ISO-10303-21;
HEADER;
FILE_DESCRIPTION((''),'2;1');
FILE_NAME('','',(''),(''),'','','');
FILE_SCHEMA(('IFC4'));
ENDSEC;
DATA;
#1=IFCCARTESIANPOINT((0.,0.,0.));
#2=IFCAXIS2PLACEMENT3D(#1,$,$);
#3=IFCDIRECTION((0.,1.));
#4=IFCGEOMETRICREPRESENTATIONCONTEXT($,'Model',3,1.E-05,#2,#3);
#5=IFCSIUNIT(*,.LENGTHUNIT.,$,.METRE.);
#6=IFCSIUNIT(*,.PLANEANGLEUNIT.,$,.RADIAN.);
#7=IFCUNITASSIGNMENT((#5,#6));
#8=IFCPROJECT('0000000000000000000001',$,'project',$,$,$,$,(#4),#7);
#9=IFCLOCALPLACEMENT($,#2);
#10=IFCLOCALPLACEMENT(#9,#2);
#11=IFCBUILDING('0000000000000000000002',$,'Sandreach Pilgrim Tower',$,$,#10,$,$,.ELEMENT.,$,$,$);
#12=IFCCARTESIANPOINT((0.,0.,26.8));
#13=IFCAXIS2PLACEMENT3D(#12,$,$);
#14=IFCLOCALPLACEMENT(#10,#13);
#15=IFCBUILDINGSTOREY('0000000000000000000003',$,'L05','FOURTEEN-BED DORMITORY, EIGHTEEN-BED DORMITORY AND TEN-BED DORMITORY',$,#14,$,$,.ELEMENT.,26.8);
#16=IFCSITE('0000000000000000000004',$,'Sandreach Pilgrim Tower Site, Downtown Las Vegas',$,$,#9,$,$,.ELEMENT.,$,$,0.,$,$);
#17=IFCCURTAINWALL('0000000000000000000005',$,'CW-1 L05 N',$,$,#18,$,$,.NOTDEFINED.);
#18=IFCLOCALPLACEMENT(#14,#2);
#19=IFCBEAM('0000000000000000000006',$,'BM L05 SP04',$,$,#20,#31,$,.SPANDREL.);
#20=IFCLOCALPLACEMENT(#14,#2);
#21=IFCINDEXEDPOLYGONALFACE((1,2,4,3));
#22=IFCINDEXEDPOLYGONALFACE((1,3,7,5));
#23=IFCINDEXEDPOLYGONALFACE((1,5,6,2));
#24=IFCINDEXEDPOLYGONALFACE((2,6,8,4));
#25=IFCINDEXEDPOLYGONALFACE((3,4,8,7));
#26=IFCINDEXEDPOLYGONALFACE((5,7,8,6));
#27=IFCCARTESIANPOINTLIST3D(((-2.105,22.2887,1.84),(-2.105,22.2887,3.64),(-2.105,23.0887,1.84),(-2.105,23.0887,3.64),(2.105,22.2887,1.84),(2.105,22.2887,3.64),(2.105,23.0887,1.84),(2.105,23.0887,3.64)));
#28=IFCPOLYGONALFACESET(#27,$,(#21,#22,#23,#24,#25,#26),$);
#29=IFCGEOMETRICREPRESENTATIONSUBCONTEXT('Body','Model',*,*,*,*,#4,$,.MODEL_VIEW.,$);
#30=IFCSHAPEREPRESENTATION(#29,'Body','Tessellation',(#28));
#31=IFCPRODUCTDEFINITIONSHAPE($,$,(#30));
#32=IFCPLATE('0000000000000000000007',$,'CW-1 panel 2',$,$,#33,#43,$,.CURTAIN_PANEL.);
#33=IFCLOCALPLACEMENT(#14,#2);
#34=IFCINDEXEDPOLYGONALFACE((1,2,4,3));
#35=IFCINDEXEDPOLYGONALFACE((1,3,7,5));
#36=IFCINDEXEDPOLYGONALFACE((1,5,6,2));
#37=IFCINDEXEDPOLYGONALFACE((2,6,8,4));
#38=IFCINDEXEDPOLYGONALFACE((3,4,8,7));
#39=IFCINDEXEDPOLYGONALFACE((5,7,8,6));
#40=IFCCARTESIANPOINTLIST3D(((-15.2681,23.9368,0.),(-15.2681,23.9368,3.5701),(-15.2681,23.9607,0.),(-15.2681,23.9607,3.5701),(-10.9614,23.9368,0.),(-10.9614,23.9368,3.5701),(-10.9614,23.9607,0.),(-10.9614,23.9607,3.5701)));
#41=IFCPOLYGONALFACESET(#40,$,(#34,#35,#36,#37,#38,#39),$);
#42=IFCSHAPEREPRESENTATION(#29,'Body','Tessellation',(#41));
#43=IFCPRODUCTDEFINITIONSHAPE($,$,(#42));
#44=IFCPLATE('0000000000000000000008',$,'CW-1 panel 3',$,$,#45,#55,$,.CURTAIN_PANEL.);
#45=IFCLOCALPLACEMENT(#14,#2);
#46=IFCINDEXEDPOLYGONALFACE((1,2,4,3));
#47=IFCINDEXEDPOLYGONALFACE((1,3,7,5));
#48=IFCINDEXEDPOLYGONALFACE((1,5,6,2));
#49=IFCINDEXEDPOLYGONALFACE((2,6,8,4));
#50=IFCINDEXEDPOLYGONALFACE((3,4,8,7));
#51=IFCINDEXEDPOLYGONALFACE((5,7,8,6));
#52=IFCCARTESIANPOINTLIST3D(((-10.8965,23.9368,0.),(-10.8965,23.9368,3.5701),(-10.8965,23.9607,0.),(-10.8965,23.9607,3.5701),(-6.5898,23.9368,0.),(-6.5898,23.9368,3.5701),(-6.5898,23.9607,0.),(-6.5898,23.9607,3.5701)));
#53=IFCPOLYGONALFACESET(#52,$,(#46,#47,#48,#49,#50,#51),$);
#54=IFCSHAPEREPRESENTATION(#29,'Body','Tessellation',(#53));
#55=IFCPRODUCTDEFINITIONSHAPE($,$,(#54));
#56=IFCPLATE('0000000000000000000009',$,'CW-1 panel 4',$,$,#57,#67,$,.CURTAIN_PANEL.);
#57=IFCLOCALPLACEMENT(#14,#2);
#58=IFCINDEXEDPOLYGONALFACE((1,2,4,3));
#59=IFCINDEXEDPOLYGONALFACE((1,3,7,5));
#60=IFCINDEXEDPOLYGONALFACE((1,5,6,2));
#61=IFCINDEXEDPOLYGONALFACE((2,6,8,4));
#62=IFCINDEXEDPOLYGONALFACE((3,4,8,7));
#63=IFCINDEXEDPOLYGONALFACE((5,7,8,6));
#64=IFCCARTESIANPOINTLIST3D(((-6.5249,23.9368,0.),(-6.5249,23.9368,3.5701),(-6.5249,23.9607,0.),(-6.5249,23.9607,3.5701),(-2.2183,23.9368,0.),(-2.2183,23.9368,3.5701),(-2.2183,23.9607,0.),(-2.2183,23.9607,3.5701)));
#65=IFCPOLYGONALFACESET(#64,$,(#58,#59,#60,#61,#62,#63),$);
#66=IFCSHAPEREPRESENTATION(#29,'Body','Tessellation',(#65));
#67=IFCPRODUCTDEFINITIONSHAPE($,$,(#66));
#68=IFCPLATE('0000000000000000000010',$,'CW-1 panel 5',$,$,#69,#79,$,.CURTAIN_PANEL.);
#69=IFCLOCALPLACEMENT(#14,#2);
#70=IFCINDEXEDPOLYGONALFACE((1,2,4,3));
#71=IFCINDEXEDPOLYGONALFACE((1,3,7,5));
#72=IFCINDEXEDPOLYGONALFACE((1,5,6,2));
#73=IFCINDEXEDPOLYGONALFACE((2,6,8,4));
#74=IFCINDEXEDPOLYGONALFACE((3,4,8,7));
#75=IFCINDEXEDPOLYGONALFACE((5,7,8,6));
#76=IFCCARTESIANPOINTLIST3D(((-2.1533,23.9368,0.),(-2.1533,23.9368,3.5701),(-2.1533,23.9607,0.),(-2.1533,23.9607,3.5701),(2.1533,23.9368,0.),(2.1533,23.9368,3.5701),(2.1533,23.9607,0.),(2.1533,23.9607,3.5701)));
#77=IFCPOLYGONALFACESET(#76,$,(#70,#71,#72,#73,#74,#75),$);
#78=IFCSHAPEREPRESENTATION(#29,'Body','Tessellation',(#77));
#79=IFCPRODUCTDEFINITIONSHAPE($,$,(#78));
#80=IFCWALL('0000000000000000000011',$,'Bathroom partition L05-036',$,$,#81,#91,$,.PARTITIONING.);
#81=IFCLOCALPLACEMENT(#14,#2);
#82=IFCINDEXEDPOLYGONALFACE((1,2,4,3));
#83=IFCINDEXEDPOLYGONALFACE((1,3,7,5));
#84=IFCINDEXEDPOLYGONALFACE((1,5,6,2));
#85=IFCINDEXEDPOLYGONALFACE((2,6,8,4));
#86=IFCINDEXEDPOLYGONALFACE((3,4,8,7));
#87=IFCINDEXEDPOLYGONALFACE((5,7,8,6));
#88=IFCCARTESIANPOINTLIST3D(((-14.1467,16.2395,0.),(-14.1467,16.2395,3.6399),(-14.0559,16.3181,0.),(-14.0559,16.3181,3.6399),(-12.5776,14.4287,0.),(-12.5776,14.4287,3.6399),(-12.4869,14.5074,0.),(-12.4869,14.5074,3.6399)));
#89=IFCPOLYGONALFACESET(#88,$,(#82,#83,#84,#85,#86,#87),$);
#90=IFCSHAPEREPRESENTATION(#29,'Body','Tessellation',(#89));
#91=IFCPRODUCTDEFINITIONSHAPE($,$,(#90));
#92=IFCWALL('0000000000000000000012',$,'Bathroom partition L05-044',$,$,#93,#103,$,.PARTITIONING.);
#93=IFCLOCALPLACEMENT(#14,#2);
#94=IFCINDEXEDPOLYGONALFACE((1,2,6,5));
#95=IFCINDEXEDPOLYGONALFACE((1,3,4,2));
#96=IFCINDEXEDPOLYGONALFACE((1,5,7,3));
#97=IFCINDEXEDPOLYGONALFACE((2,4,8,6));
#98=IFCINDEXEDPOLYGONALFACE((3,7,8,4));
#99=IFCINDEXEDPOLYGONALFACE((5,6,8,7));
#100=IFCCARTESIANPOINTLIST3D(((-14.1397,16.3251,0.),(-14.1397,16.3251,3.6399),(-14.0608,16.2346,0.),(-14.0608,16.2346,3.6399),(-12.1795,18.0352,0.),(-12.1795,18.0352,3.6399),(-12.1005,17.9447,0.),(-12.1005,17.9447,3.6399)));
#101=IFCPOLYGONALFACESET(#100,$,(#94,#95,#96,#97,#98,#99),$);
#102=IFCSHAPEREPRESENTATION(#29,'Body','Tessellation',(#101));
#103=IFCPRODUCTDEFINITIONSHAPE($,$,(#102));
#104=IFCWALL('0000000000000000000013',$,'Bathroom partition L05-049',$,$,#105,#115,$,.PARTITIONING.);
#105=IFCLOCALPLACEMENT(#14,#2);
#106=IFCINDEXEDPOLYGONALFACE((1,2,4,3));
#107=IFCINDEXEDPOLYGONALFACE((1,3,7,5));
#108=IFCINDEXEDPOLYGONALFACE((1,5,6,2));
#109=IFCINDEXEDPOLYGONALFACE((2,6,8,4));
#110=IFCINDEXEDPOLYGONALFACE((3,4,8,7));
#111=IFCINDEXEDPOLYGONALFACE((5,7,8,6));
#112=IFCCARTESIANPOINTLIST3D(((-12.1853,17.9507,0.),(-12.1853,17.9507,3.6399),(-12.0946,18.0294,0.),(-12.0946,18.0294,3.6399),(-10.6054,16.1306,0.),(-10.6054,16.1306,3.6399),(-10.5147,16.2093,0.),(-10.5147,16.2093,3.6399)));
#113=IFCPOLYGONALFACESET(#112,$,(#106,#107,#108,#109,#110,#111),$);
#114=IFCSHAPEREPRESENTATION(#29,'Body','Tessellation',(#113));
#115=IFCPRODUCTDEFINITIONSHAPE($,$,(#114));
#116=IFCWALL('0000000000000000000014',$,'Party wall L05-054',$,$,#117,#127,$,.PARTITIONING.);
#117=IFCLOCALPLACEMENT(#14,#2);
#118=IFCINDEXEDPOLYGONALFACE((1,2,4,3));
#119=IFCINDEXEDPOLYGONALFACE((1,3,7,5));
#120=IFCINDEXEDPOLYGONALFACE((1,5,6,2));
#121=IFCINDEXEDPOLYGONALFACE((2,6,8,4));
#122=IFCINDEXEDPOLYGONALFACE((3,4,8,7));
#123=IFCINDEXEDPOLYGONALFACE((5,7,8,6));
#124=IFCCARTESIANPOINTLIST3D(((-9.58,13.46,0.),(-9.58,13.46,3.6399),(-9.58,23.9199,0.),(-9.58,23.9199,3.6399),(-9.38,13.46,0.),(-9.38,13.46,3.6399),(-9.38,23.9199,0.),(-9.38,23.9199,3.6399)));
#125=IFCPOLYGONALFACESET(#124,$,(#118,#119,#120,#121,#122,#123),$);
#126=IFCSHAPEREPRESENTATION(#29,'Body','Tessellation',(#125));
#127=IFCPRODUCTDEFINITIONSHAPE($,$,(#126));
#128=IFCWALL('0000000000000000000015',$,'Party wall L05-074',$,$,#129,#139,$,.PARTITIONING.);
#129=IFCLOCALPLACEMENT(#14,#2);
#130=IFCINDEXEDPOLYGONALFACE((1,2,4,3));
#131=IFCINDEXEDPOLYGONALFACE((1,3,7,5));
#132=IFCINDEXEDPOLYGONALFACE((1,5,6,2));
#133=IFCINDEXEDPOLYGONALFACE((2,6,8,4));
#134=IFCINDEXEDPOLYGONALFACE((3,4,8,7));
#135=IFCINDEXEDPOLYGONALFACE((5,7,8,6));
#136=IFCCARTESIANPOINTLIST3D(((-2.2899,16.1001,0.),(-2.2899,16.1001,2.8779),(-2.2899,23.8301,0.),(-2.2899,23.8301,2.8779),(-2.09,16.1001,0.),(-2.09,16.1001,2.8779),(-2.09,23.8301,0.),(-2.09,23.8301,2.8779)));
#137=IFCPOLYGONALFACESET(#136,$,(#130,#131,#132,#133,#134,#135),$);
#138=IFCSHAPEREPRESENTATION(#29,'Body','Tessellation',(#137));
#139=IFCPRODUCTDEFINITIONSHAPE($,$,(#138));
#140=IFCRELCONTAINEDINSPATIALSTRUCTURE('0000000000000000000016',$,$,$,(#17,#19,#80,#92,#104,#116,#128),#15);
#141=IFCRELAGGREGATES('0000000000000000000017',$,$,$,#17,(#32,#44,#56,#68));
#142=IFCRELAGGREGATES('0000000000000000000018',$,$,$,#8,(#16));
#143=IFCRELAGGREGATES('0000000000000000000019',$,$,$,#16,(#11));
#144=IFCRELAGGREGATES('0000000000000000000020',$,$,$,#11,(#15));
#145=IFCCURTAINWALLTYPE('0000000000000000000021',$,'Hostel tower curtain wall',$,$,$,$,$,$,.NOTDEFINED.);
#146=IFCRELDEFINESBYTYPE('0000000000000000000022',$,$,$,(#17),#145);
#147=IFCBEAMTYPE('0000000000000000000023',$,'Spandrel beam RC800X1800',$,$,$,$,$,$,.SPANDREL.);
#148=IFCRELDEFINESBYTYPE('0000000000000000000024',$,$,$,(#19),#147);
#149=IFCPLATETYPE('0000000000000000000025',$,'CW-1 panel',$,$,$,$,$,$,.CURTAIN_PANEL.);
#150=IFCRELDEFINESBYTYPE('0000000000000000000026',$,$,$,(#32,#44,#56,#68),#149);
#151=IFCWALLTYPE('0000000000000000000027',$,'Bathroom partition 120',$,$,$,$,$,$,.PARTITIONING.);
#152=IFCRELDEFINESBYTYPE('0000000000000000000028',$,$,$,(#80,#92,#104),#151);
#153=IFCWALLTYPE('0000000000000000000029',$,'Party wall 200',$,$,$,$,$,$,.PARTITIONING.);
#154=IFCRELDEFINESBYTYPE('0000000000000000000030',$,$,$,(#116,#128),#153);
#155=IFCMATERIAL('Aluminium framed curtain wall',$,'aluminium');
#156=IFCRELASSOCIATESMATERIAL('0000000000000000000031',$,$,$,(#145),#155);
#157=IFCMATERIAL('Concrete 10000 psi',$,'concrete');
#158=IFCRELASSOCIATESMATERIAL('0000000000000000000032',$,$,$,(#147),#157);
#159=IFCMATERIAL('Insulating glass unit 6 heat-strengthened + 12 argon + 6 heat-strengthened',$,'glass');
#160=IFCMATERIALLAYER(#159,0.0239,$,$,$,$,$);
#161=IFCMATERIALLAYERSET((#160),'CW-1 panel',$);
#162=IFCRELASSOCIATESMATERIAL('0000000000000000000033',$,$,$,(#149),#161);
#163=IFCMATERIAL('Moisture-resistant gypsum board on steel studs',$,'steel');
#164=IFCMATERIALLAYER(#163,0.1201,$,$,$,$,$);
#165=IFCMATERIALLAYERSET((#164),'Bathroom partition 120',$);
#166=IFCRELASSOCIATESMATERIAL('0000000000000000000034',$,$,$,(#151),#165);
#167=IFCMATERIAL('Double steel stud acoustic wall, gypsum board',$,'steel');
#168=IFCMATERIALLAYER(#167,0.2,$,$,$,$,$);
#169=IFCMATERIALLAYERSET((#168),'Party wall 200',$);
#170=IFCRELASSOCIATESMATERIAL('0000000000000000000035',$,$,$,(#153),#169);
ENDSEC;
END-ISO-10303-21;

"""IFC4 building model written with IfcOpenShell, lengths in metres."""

from ifc_helpers import new_model, si_unit, direction, frame, frame_2d, origin, origin_2d, place, context, subcontext, project, spatial, rectangle, extrude, material, layer, layer_set, material_profile, profile_set, type_object, element, aggregate, save


model = new_model("IFC4")

# Units and contexts
model_context = context("Model", 3, precision=1e-05, world=origin(), true_north=direction((0.0, 1.0)))
body_context = subcontext(model_context, "Body", "Model", "MODEL_VIEW")
ifc_project = project(units=[si_unit("LENGTHUNIT", "METRE"), si_unit("PLANEANGLEUNIT", "RADIAN")], contexts=[model_context])

# Site, building, storey
site_placement = place(None, origin())
site = spatial("IfcSite", under=ifc_project, at=site_placement, Name="Sandreach Pilgrim Tower Site, Downtown Las Vegas", CompositionType="ELEMENT", RefElevation=0.0)
building_placement = place(site_placement, origin())
building = spatial("IfcBuilding", under=site, at=building_placement, Name="Sandreach Pilgrim Tower", CompositionType="ELEMENT")
storey_placement = place(building_placement, frame((0.0, 0.0, 26.8)))
storey = spatial("IfcBuildingStorey", under=building, at=storey_placement, Name="L05", Description="FOURTEEN-BED DORMITORY, EIGHTEEN-BED DORMITORY AND TEN-BED DORMITORY", CompositionType="ELEMENT", Elevation=26.8)

# Curtain wall
ifc_material_1 = material(Name="Aluminium framed curtain wall", Category="aluminium")
curtain_wall_type = type_object("IfcCurtainWallType", Name="Hostel tower curtain wall", PredefinedType="NOTDEFINED", material=ifc_material_1)
curtain_wall_placement = place(storey_placement, origin())
curtain_wall = element("IfcCurtainWall", 1, at=curtain_wall_placement, inside=storey, type_object=curtain_wall_type, Name="CW-1 L05 N", PredefinedType="NOTDEFINED")

# Beam
ifc_material_2 = material(Name="Concrete 10000 psi", Category="concrete")
ifc_material_profile_1 = material_profile(ifc_material_2, rectangle(XDim=0.8, YDim=1.8, at=origin_2d()), Name="RC800X1800")
ifc_profile_set_1 = profile_set([ifc_material_profile_1], Name="Concrete 10000 psi")
beam_type_1 = type_object("IfcBeamType", Name="Spandrel beam RC800X1800", PredefinedType="SPANDREL", material=ifc_profile_set_1)
for number, where, z_axis, x_axis, name in (
    (2, (-2.105, 22.6887, 2.74), (1.0, 0.0, 0.0), (0.0, 1.0, 0.0), "BM L05 SP04"),
):
    element("IfcBeam", number, at=place(storey_placement, frame(where, z_axis=z_axis, x_axis=x_axis)), inside=storey, type_object=beam_type_1, Name=name, PredefinedType="SPANDREL", context=body_context, shape_type="SweptSolid", body=[
        extrude(rectangle(XDim=0.8, YDim=1.8, at=origin_2d()), origin(), (0.0, 0.0, 1.0), 4.21),
    ])

# Plates
ifc_material_3 = material(Name="Insulating glass unit 6 heat-strengthened + 12 argon + 6 heat-strengthened", Category="glass")
ifc_layer_1 = layer(ifc_material_3, 0.0239)
ifc_layer_set_1 = layer_set([ifc_layer_1], Name="CW-1 panel")
plate_type = type_object("IfcPlateType", Name="CW-1 panel", PredefinedType="CURTAIN_PANEL", material=ifc_layer_set_1)
plate_1_placement = place(storey_placement, frame((-13.1147, 23.9487, 0.0), z_axis=(0.0, 0.0, 1.0), x_axis=(1.0, 0.0, 0.0)))
plate_1 = element("IfcPlate", 3, at=plate_1_placement, type_object=plate_type, Name="CW-1 panel 2", PredefinedType="CURTAIN_PANEL", context=body_context, shape_type="SweptSolid", body=[
    extrude(rectangle(XDim=4.3066, YDim=0.0239, at=origin_2d()), origin(), (0.0, 0.0, 1.0), 3.5701),
])
plate_2_placement = place(storey_placement, frame((-8.7432, 23.9487, 0.0), z_axis=(0.0, 0.0, 1.0), x_axis=(1.0, 0.0, 0.0)))
plate_2 = element("IfcPlate", 4, at=plate_2_placement, type_object=plate_type, Name="CW-1 panel 3", PredefinedType="CURTAIN_PANEL", context=body_context, shape_type="SweptSolid", body=[
    extrude(rectangle(XDim=4.3066, YDim=0.0239, at=origin_2d()), origin(), (0.0, 0.0, 1.0), 3.5701),
])
plate_3_placement = place(storey_placement, frame((-4.3716, 23.9487, 0.0), z_axis=(0.0, 0.0, 1.0), x_axis=(1.0, 0.0, 0.0)))
plate_3 = element("IfcPlate", 5, at=plate_3_placement, type_object=plate_type, Name="CW-1 panel 4", PredefinedType="CURTAIN_PANEL", context=body_context, shape_type="SweptSolid", body=[
    extrude(rectangle(XDim=4.3066, YDim=0.0239, at=origin_2d()), origin(), (0.0, 0.0, 1.0), 3.5701),
])
plate_4_placement = place(storey_placement, frame((0.0, 23.9487, 0.0), z_axis=(0.0, 0.0, 1.0), x_axis=(1.0, 0.0, 0.0)))
plate_4 = element("IfcPlate", 6, at=plate_4_placement, type_object=plate_type, Name="CW-1 panel 5", PredefinedType="CURTAIN_PANEL", context=body_context, shape_type="SweptSolid", body=[
    extrude(rectangle(XDim=4.3066, YDim=0.0239, at=origin_2d()), origin(), (0.0, 0.0, 1.0), 3.5701),
])
aggregate(curtain_wall, [plate_1, plate_2, plate_3, plate_4])

# Walls
ifc_material_4 = material(Name="Moisture-resistant gypsum board on steel studs", Category="steel")
ifc_layer_2 = layer(ifc_material_4, 0.1201)
ifc_layer_set_2 = layer_set([ifc_layer_2], Name="Bathroom partition 120")
wall_type_1 = type_object("IfcWallType", Name="Bathroom partition 120", PredefinedType="PARTITIONING", material=ifc_layer_set_2)
wall_1_placement = place(storey_placement, frame((-14.1013, 16.2788, 0.0), z_axis=(0.0, 0.0, 1.0), x_axis=(0.654868, -0.755743, 0.0)))
element("IfcWall", 7, at=wall_1_placement, inside=storey, type_object=wall_type_1, Name="Bathroom partition L05-036", PredefinedType="PARTITIONING", context=body_context, shape_type="SweptSolid", body=[
    extrude(rectangle(XDim=2.396, YDim=0.1201, at=frame_2d((1.198, 0.0))), origin(), (0.0, 0.0, 1.0), 3.6399),
])
wall_2_placement = place(storey_placement, frame((-12.1399, 17.99, 0.0), z_axis=(0.0, 0.0, 1.0), x_axis=(-0.75357, -0.657368, 0.0)))
element("IfcWall", 8, at=wall_2_placement, inside=storey, type_object=wall_type_1, Name="Bathroom partition L05-044", PredefinedType="PARTITIONING", context=body_context, shape_type="SweptSolid", body=[
    extrude(rectangle(XDim=2.6013, YDim=0.1201, at=frame_2d((1.3008, 0.0))), origin(), (0.0, 0.0, 1.0), 3.6399),
])
wall_3_placement = place(storey_placement, frame((-10.5601, 16.1699, 0.0), z_axis=(0.0, 0.0, 1.0), x_axis=(-0.655509, 0.755188, 0.0)))
element("IfcWall", 9, at=wall_3_placement, inside=storey, type_object=wall_type_1, Name="Bathroom partition L05-049", PredefinedType="PARTITIONING", context=body_context, shape_type="SweptSolid", body=[
    extrude(rectangle(XDim=2.4102, YDim=0.1201, at=frame_2d((1.2051, 0.0))), origin(), (0.0, 0.0, 1.0), 3.6399),
])
ifc_material_5 = material(Name="Double steel stud acoustic wall, gypsum board", Category="steel")
ifc_layer_3 = layer(ifc_material_5, 0.2)
ifc_layer_set_3 = layer_set([ifc_layer_3], Name="Party wall 200")
wall_type_2 = type_object("IfcWallType", Name="Party wall 200", PredefinedType="PARTITIONING", material=ifc_layer_set_3)
wall_4_placement = place(storey_placement, frame((-9.48, 23.9199, 0.0), z_axis=(0.0, 0.0, 1.0), x_axis=(0.0, -1.0, 0.0)))
element("IfcWall", 10, at=wall_4_placement, inside=storey, type_object=wall_type_2, Name="Party wall L05-054", PredefinedType="PARTITIONING", context=body_context, shape_type="SweptSolid", body=[
    extrude(rectangle(XDim=10.46, YDim=0.2, at=frame_2d((5.23, 0.0))), origin(), (0.0, 0.0, 1.0), 3.6399),
])
wall_5_placement = place(storey_placement, frame((-2.1899, 23.8301, 0.0), z_axis=(0.0, 0.0, 1.0), x_axis=(0.0, -1.0, 0.0)))
element("IfcWall", 11, at=wall_5_placement, inside=storey, type_object=wall_type_2, Name="Party wall L05-074", PredefinedType="PARTITIONING", context=body_context, shape_type="SweptSolid", body=[
    extrude(rectangle(XDim=7.73, YDim=0.2, at=frame_2d((3.865, 0.0))), origin(), (0.0, 0.0, 1.0), 2.8779),
])

save(model, "model.ifc")
